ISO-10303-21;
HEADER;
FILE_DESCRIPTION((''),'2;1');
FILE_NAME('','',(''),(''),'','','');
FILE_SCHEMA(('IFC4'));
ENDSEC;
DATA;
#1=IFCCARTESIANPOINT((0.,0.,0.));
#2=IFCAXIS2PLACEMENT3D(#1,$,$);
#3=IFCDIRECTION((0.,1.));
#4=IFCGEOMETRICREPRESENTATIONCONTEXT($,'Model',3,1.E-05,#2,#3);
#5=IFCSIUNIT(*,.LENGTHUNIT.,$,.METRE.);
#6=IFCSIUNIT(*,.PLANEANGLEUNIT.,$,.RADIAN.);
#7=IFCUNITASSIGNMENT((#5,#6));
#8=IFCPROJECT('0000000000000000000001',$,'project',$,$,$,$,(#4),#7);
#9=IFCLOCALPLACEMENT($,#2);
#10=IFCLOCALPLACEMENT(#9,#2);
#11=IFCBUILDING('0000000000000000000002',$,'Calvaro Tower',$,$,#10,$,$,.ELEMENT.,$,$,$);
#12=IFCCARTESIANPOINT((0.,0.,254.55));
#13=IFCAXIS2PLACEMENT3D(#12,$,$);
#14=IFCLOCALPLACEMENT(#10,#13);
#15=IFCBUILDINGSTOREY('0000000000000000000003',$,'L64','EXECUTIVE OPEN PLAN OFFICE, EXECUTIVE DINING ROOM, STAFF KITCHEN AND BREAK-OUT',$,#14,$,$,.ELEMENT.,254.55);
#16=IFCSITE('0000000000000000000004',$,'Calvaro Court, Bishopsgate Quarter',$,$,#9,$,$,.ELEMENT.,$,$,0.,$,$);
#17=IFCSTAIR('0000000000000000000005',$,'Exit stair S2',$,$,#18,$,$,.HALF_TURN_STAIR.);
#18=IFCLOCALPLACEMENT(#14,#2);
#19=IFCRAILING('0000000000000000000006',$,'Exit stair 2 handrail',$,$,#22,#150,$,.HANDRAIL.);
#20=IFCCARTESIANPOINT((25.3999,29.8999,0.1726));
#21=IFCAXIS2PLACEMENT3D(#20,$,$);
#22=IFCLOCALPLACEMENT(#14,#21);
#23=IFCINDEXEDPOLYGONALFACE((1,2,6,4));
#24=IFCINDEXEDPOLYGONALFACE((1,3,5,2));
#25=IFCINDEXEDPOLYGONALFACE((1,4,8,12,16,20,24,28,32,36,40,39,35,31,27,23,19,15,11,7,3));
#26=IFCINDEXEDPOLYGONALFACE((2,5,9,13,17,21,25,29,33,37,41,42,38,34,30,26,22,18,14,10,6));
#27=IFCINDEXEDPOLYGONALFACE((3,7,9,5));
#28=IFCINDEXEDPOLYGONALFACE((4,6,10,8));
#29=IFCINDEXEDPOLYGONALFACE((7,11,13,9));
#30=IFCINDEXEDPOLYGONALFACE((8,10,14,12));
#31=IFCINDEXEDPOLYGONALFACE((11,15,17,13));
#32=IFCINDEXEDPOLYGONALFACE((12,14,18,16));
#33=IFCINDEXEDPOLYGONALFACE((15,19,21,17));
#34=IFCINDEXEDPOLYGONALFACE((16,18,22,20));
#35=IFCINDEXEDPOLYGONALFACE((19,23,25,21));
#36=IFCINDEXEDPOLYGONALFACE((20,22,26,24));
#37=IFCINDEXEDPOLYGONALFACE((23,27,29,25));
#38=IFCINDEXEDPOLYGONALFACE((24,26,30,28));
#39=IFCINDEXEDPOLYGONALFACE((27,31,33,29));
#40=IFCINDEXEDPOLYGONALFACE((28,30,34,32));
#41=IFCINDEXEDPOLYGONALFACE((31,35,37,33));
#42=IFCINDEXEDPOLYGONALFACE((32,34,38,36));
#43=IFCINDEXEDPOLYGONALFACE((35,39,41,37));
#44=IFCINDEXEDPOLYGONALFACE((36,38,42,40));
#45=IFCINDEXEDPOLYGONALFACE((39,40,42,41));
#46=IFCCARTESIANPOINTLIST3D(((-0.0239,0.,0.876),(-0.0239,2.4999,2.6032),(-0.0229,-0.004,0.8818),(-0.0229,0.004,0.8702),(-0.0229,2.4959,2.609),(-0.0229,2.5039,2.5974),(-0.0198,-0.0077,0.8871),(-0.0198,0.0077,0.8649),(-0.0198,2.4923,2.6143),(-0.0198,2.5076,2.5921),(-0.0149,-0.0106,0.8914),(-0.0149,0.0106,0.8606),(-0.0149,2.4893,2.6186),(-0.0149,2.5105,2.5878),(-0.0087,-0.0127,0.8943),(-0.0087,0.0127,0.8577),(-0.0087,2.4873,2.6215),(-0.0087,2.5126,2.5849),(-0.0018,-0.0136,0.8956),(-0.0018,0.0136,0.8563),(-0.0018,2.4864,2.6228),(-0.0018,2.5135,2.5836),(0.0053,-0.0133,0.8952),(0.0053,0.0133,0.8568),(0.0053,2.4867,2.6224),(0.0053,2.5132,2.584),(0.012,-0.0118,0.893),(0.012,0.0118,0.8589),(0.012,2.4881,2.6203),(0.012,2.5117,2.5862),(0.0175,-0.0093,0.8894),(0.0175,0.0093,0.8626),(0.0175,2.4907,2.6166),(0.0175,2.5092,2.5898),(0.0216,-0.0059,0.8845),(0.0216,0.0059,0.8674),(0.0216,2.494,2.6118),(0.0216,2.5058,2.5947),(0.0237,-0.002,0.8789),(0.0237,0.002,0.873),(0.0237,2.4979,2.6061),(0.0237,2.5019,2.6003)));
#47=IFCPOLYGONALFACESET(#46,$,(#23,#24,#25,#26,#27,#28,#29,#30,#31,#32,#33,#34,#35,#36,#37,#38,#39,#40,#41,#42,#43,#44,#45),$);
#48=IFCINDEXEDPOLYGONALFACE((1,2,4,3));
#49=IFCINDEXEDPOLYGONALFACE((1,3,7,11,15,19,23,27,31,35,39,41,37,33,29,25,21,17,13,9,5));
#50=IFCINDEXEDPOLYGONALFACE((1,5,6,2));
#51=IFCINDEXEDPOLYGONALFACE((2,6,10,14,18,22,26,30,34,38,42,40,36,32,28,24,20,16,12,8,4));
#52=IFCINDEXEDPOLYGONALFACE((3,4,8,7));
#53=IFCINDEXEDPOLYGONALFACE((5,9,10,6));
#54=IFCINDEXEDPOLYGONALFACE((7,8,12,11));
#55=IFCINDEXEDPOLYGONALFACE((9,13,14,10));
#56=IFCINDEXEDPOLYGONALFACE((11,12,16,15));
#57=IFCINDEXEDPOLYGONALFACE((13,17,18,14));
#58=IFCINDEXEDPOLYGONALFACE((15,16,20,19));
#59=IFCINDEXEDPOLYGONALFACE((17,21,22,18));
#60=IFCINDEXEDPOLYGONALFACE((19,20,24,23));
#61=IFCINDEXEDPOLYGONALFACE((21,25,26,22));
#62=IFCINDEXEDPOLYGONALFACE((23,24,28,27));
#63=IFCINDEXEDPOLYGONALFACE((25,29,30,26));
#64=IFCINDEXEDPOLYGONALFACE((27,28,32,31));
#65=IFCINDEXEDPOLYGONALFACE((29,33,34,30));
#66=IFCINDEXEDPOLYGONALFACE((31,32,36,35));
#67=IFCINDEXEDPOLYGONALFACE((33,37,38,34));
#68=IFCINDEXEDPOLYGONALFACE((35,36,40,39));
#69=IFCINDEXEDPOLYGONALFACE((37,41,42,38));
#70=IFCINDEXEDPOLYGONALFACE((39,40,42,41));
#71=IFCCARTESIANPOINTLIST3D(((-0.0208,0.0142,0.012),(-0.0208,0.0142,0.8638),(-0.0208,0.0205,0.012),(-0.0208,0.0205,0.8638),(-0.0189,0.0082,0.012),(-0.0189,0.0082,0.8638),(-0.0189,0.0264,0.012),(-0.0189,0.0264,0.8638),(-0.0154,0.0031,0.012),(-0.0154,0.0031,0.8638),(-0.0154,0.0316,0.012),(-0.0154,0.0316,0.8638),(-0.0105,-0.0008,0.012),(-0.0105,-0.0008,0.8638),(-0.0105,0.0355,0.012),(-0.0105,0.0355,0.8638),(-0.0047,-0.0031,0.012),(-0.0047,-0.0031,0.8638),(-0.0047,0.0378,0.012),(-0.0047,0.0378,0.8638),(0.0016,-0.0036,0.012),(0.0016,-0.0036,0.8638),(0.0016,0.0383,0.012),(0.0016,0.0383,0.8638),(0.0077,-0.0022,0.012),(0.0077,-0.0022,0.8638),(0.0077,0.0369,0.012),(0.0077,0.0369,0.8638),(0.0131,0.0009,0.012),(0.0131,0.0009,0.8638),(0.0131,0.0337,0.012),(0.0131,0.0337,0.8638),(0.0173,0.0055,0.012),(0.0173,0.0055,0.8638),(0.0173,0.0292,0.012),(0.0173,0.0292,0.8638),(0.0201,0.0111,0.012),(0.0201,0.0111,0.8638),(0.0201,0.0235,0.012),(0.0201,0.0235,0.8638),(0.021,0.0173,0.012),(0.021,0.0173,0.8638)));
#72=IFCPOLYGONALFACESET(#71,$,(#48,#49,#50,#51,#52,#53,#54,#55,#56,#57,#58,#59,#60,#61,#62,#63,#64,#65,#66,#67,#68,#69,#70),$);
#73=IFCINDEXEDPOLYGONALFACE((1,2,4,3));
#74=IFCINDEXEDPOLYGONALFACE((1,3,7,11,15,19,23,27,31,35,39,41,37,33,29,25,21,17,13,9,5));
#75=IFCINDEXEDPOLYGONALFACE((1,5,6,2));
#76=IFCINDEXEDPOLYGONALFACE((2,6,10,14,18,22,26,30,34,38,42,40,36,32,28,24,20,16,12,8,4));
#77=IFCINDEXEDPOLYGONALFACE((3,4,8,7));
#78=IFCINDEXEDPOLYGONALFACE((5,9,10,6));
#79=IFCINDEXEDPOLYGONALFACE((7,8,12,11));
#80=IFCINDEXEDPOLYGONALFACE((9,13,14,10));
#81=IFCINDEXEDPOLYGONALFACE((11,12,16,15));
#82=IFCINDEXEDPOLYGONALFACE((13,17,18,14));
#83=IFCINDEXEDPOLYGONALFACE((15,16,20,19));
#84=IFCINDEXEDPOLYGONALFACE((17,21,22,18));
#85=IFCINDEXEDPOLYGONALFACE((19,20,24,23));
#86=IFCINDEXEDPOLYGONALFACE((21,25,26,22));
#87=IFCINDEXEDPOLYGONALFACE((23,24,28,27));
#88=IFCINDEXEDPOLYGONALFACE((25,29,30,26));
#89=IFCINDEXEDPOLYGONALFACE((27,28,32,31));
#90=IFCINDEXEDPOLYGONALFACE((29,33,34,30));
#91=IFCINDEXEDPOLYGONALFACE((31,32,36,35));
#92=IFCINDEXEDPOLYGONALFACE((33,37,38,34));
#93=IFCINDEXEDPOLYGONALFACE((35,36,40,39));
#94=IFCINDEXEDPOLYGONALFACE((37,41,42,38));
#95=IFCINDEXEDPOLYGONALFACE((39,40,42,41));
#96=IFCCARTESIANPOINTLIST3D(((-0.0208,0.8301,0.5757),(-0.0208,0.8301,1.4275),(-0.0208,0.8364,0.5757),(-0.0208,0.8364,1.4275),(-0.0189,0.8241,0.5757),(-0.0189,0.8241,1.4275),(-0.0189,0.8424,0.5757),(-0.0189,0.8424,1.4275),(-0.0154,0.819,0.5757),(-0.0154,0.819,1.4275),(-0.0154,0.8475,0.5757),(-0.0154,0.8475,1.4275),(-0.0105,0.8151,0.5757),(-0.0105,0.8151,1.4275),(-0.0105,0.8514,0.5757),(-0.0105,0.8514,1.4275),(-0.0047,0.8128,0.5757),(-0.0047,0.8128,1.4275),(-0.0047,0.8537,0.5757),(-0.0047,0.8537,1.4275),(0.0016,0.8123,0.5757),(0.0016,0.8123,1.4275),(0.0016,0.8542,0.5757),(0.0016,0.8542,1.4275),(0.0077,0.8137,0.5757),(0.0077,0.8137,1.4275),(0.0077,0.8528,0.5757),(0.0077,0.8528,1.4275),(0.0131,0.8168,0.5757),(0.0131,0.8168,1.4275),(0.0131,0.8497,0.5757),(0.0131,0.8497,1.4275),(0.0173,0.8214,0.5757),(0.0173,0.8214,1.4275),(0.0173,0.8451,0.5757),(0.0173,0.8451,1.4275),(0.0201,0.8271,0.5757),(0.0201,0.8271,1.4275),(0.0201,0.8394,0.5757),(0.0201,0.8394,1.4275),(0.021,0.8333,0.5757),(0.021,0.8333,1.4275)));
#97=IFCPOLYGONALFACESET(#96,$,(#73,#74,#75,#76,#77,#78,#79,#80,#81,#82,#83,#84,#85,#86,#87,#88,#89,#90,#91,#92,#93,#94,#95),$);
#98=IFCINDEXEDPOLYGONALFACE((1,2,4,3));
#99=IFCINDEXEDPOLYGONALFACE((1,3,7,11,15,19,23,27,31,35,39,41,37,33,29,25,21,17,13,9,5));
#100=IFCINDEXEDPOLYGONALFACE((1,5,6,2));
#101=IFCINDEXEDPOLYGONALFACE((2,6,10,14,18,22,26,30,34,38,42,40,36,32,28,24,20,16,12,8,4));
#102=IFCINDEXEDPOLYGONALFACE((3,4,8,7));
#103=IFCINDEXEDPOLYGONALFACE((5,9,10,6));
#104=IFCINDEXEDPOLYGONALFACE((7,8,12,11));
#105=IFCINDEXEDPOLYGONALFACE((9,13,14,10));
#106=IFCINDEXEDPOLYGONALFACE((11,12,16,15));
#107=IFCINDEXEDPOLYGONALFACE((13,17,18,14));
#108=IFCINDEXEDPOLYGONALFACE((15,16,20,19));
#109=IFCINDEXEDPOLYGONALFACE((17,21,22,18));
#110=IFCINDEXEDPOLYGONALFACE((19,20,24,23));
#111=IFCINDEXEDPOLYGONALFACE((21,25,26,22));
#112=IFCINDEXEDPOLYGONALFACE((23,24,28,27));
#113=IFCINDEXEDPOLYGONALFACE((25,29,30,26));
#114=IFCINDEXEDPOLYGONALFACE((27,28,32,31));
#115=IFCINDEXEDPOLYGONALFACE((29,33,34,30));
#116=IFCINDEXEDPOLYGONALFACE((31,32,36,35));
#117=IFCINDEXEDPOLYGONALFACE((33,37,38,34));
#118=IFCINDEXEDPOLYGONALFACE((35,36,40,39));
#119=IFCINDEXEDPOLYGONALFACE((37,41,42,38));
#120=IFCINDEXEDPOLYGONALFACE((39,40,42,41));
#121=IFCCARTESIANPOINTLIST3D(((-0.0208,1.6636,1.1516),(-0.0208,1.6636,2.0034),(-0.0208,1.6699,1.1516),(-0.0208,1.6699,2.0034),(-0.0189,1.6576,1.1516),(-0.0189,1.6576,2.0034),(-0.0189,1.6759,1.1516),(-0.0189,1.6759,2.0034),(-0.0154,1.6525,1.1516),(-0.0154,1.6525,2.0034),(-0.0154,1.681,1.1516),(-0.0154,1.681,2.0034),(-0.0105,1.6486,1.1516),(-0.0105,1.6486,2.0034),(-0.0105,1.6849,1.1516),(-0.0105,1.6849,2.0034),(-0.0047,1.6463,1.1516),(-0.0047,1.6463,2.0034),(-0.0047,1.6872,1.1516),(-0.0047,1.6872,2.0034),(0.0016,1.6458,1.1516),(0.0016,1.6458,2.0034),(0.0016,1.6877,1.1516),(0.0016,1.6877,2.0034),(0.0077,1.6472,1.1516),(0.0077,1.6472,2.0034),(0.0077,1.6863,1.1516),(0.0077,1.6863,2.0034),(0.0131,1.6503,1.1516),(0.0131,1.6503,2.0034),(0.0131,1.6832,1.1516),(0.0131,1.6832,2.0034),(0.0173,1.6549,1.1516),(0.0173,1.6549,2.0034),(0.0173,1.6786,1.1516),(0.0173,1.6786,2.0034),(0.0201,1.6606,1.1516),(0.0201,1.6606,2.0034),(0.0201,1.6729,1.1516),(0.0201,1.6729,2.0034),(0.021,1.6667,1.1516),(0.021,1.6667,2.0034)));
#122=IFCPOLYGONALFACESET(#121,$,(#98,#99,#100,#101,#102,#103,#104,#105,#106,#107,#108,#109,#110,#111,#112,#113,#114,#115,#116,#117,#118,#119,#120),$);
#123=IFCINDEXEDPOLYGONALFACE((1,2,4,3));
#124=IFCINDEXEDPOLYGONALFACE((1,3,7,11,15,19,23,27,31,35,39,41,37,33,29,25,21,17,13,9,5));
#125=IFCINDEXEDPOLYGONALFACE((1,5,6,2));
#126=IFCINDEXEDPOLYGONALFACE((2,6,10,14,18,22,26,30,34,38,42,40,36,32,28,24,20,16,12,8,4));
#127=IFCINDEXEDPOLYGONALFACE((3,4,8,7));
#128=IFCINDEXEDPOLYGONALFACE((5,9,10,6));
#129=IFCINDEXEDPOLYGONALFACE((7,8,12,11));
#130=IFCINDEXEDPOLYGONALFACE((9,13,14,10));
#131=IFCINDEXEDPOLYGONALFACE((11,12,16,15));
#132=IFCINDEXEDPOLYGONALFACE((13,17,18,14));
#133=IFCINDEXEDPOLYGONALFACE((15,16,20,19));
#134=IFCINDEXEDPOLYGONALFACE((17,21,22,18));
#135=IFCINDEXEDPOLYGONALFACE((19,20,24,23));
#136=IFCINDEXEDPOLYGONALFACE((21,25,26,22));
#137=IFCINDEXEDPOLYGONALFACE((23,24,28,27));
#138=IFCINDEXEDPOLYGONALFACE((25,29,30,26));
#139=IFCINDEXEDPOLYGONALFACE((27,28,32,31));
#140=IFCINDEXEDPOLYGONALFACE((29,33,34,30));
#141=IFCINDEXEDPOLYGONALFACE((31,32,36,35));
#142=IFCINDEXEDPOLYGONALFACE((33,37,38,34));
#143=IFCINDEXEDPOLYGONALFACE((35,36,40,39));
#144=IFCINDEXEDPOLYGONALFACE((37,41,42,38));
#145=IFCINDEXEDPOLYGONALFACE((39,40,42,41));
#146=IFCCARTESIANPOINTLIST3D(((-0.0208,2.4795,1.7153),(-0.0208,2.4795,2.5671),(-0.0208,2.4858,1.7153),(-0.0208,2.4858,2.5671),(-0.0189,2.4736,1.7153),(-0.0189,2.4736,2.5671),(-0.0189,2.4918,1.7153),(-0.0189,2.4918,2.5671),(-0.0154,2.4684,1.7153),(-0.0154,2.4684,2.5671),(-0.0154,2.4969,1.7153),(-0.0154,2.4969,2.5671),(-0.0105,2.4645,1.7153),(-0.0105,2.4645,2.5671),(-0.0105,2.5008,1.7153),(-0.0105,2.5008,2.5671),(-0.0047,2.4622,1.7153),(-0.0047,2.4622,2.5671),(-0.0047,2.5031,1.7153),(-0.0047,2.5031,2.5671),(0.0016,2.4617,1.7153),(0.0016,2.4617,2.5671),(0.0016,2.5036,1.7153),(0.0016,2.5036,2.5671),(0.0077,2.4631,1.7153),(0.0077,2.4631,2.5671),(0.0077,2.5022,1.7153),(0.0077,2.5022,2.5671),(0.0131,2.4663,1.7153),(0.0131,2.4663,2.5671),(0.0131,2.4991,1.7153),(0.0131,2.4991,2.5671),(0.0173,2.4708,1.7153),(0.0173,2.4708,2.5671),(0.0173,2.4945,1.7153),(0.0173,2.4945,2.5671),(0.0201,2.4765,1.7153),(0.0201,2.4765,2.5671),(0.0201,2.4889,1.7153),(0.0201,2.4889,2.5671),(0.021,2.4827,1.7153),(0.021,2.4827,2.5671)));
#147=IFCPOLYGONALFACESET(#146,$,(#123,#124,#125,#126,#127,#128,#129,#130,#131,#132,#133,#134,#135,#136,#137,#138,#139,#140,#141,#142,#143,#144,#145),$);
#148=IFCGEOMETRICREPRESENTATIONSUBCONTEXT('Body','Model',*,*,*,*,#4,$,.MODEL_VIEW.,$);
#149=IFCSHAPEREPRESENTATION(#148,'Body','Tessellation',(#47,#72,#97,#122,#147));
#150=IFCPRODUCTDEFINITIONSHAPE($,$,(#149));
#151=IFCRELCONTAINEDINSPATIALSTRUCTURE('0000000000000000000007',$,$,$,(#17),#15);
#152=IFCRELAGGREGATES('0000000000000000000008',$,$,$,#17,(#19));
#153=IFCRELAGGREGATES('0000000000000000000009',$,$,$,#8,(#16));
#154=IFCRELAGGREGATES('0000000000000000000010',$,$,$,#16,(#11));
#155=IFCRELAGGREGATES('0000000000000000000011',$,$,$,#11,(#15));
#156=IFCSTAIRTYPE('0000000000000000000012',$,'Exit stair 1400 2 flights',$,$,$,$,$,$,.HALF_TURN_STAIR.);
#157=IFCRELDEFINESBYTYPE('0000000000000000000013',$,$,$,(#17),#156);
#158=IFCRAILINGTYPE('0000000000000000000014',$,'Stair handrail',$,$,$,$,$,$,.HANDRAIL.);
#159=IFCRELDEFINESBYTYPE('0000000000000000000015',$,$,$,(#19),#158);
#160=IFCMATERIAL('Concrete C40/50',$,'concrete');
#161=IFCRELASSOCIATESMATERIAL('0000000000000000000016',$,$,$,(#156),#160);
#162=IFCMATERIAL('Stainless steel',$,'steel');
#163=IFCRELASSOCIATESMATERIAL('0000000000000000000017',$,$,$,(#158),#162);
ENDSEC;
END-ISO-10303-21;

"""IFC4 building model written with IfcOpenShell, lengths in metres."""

from ifc_helpers import new_model, si_unit, direction, frame, origin, origin_2d, place, context, subcontext, project, spatial, circle, extrude, material, type_object, element, aggregate, save


model = new_model("IFC4")

# Units and contexts
model_context = context("Model", 3, precision=1e-05, world=origin(), true_north=direction((0.0, 1.0)))
body_context = subcontext(model_context, "Body", "Model", "MODEL_VIEW")
ifc_project = project(units=[si_unit("LENGTHUNIT", "METRE"), si_unit("PLANEANGLEUNIT", "RADIAN")], contexts=[model_context])

# Site, building, storey
site_placement = place(None, origin())
site = spatial("IfcSite", under=ifc_project, at=site_placement, Name="Calvaro Court, Bishopsgate Quarter", CompositionType="ELEMENT", RefElevation=0.0)
building_placement = place(site_placement, origin())
building = spatial("IfcBuilding", under=site, at=building_placement, Name="Calvaro Tower", CompositionType="ELEMENT")
storey_placement = place(building_placement, frame((0.0, 0.0, 254.55)))
storey = spatial("IfcBuildingStorey", under=building, at=storey_placement, Name="L64", Description="EXECUTIVE OPEN PLAN OFFICE, EXECUTIVE DINING ROOM, STAFF KITCHEN AND BREAK-OUT", CompositionType="ELEMENT", Elevation=254.55)

# Stair, railing
ifc_material_1 = material(Name="Concrete C40/50", Category="concrete")
stair_type = type_object("IfcStairType", Name="Exit stair 1400 2 flights", PredefinedType="HALF_TURN_STAIR", material=ifc_material_1)
stair_placement = place(storey_placement, origin())
stair = element("IfcStair", 1, at=stair_placement, inside=storey, type_object=stair_type, Name="Exit stair S2", PredefinedType="HALF_TURN_STAIR")
ifc_material_2 = material(Name="Stainless steel", Category="steel")
railing_type = type_object("IfcRailingType", Name="Stair handrail", PredefinedType="HANDRAIL", material=ifc_material_2)
railing_1_placement = place(storey_placement, frame((25.3999, 29.8999, 0.1726)))
railing_1 = element("IfcRailing", 2, at=railing_1_placement, type_object=railing_type, Name="Exit stair 2 handrail", PredefinedType="HANDRAIL", context=body_context, shape_type="SweptSolid", body=[
    extrude(circle(Radius=0.0239, at=origin_2d()), frame((0.0, 0.0, 0.876), z_axis=(0.0, 0.822727, 0.568437), x_axis=(-1.0, 0.0, 0.0)), (0.0, 0.0, 1.0), 3.0386),
    extrude(circle(Radius=0.021, at=origin_2d()), frame((0.0, 0.0173, 0.012)), (0.0, 0.0, 1.0), 0.8518),
    extrude(circle(Radius=0.021, at=origin_2d()), frame((0.0, 0.8333, 0.5757)), (0.0, 0.0, 1.0), 0.8518),
    extrude(circle(Radius=0.021, at=origin_2d()), frame((0.0, 1.6667, 1.1516)), (0.0, 0.0, 1.0), 0.8518),
    extrude(circle(Radius=0.021, at=origin_2d()), frame((0.0, 2.4827, 1.7153)), (0.0, 0.0, 1.0), 0.8518),
])
aggregate(stair, [railing_1])

save(model, "model.ifc")
